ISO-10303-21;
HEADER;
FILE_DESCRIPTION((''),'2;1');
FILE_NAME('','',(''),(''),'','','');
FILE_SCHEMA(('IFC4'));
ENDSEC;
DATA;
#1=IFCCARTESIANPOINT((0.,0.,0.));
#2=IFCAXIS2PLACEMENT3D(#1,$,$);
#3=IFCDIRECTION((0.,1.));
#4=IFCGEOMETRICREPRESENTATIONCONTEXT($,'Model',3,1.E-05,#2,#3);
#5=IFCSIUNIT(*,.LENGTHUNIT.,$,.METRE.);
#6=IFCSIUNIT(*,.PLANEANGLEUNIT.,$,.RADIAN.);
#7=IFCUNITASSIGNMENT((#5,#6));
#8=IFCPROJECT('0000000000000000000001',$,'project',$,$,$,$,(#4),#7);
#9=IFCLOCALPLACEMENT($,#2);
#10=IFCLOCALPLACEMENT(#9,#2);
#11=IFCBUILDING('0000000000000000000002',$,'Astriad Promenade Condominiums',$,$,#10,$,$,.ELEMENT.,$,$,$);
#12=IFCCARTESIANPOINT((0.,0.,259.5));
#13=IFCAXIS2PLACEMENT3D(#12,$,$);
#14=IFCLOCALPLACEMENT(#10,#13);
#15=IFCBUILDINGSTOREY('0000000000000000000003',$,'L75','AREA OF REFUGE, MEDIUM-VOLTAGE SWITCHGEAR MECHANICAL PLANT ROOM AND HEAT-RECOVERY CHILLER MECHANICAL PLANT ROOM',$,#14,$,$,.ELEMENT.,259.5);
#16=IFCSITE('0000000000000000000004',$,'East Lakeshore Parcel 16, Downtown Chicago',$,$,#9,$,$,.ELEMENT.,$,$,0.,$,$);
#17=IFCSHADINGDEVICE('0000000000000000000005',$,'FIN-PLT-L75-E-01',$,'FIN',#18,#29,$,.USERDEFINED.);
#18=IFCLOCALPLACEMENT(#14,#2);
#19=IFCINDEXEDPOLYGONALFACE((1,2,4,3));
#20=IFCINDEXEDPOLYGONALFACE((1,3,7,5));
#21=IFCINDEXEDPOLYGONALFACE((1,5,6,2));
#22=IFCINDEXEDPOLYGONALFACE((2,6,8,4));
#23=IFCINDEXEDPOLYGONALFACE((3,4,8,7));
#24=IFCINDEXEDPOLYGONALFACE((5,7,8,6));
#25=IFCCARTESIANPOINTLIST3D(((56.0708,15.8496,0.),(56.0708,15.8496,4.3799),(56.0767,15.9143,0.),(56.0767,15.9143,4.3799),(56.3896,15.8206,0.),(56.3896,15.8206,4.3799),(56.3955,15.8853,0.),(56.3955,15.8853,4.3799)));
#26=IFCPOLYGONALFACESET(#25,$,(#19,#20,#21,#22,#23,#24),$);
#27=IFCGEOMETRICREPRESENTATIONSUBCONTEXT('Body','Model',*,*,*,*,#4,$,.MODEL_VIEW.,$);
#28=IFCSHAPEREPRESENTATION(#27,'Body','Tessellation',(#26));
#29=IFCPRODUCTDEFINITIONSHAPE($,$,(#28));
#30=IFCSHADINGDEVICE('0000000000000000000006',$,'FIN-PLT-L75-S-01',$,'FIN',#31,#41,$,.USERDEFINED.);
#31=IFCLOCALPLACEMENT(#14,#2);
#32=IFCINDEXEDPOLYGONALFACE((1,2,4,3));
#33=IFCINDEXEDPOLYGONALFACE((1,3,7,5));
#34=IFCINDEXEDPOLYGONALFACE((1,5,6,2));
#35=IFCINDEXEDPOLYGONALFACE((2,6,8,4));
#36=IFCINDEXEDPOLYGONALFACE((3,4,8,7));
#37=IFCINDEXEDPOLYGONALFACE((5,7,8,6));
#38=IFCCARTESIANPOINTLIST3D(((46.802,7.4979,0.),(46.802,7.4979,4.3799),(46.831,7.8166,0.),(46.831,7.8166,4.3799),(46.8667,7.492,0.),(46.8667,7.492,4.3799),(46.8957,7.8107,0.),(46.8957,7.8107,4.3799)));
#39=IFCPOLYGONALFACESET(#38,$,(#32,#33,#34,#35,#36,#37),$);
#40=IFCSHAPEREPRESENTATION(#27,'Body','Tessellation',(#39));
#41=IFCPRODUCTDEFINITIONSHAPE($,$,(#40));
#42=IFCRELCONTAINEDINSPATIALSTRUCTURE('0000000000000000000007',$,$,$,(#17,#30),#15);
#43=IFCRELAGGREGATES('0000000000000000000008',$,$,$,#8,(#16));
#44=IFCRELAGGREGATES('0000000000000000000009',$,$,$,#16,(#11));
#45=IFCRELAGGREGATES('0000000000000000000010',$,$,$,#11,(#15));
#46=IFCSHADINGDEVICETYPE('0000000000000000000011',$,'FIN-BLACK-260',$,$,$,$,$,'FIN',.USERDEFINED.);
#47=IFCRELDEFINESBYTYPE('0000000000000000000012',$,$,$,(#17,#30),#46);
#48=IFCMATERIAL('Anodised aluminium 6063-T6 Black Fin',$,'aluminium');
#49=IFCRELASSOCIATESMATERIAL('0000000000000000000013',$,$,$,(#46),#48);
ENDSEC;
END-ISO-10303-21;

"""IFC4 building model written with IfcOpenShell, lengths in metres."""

from ifc_helpers import new_model, si_unit, direction, frame, origin, origin_2d, place, context, subcontext, project, spatial, rectangle, extrude, source, transform, mapped, material, type_object, type_shapes, element, save


model = new_model("IFC4")

# Units and contexts
model_context = context("Model", 3, precision=1e-05, world=origin(), true_north=direction((0.0, 1.0)))
body_context = subcontext(model_context, "Body", "Model", "MODEL_VIEW")
ifc_project = project(units=[si_unit("LENGTHUNIT", "METRE"), si_unit("PLANEANGLEUNIT", "RADIAN")], contexts=[model_context])

# Site, building, storey
site_placement = place(None, origin())
site = spatial("IfcSite", under=ifc_project, at=site_placement, Name="East Lakeshore Parcel 16, Downtown Chicago", CompositionType="ELEMENT", RefElevation=0.0)
building_placement = place(site_placement, origin())
building = spatial("IfcBuilding", under=site, at=building_placement, Name="Astriad Promenade Condominiums", CompositionType="ELEMENT")
storey_placement = place(building_placement, frame((0.0, 0.0, 259.5)))
storey = spatial("IfcBuildingStorey", under=building, at=storey_placement, Name="L75", Description="AREA OF REFUGE, MEDIUM-VOLTAGE SWITCHGEAR MECHANICAL PLANT ROOM AND HEAT-RECOVERY CHILLER MECHANICAL PLANT ROOM", CompositionType="ELEMENT", Elevation=259.5)

# Shading devices
ifc_material_1 = material(Name="Anodised aluminium 6063-T6 Black Fin", Category="aluminium")
shading_device_type_1 = type_object("IfcShadingDeviceType", Name="FIN-BLACK-260", ElementType="FIN", PredefinedType="USERDEFINED", material=ifc_material_1)
shared_shape_1 = source(origin(), body_context, "Body", "SweptSolid", [
    extrude(rectangle(XDim=0.0649, YDim=0.3201, at=origin_2d()), origin(), (0.0, 0.0, 1.0), 4.3799),
])
type_shapes(shading_device_type_1, [shared_shape_1])
for number, where, z_axis, x_axis, name in (
    (1, (56.2332, 15.8674, 0.0), (0.0, 0.0, 1.0), (-0.090633, -0.995884, 0.0), "FIN-PLT-L75-E-01"),
    (2, (46.8489, 7.6543, 0.0), (0.0, 0.0, 1.0), (-0.995884, 0.090633, 0.0), "FIN-PLT-L75-S-01"),
):
    element("IfcShadingDevice", number, at=place(storey_placement, frame(where, z_axis=z_axis, x_axis=x_axis)), inside=storey, type_object=shading_device_type_1, Name=name, ObjectType="FIN", PredefinedType="USERDEFINED", context=body_context, shape_type="MappedRepresentation", body=[
        mapped(shared_shape_1, transform((0.0, 0.0, 0.0), scale=1.0)),
    ])

save(model, "model.ifc")
